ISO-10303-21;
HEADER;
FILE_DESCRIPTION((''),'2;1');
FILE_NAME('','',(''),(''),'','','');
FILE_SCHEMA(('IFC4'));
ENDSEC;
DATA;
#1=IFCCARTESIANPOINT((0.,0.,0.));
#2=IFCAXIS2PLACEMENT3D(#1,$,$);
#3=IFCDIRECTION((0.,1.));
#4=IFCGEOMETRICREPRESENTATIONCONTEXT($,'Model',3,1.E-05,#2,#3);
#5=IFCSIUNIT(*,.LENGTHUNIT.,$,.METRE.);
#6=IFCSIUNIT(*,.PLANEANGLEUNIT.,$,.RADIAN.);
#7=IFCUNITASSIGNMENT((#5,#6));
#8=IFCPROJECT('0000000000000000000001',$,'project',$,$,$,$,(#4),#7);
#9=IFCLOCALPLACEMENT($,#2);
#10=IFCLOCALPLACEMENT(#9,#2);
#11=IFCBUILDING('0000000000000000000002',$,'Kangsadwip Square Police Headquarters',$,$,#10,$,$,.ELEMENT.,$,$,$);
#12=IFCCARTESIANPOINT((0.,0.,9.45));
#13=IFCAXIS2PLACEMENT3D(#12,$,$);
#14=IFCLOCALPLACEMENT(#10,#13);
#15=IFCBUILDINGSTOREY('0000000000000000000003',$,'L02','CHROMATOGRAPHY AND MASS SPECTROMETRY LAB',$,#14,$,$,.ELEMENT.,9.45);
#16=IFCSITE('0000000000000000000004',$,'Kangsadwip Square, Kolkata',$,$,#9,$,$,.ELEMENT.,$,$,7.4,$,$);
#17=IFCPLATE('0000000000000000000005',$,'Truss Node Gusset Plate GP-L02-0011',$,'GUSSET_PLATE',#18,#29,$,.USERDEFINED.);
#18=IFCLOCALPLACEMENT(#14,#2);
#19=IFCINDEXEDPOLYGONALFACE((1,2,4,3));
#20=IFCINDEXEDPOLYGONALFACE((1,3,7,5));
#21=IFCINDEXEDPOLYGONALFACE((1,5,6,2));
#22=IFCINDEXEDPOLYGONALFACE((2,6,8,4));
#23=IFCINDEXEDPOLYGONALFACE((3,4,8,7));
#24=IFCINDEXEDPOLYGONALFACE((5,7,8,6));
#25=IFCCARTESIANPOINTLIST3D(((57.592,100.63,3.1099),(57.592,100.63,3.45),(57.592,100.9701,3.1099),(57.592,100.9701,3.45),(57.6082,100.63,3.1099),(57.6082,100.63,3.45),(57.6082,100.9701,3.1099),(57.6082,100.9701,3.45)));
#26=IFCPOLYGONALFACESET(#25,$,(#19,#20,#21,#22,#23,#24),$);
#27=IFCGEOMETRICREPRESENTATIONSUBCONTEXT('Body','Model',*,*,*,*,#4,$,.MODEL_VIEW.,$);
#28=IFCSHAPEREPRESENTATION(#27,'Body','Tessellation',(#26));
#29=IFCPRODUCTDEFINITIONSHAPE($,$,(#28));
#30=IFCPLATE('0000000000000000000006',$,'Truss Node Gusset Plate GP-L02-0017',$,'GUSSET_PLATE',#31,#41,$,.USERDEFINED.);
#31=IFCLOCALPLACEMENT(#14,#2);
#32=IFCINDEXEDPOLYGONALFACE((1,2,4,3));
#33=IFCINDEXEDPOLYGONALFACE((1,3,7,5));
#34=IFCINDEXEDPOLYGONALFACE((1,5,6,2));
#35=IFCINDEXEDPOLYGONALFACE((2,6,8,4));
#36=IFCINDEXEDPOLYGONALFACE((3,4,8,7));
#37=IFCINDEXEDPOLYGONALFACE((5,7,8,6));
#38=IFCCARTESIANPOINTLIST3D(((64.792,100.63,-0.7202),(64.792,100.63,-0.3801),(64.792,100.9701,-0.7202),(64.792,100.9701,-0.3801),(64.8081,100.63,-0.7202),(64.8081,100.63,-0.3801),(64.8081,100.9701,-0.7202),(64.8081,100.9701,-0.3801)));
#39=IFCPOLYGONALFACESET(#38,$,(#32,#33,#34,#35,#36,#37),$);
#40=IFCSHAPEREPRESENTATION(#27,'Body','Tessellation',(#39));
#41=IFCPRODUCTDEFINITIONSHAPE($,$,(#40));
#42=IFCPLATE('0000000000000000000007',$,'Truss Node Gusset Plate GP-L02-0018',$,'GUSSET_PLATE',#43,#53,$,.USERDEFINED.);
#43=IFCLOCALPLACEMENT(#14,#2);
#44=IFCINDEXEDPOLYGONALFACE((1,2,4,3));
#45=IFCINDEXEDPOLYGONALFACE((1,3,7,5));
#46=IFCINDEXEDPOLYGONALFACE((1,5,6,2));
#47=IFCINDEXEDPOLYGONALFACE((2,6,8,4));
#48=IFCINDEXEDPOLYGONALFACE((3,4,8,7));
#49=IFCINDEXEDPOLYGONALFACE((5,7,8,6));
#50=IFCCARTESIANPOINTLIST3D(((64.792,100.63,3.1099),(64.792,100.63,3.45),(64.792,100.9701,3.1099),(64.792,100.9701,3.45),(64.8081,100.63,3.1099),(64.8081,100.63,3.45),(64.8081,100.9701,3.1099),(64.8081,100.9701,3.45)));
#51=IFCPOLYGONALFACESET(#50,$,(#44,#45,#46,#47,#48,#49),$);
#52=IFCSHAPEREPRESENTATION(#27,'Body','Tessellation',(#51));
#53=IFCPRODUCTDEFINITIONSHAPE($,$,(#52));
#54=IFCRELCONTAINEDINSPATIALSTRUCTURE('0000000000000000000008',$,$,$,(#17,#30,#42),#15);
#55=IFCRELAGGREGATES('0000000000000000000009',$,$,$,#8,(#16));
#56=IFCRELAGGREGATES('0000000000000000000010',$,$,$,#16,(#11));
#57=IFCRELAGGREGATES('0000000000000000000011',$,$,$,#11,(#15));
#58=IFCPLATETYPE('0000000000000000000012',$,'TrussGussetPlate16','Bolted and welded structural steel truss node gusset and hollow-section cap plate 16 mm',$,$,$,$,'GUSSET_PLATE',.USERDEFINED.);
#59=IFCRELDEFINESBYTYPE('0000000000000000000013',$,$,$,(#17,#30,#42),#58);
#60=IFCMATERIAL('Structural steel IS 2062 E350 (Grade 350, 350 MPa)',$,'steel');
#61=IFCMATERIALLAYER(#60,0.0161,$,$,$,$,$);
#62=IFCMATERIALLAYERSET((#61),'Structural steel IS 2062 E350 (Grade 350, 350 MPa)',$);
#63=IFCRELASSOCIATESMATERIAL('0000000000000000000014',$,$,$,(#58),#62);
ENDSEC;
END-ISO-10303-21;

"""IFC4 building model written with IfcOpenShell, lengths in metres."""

from ifc_helpers import new_model, si_unit, direction, frame, origin, origin_2d, place, context, subcontext, project, spatial, rectangle, extrude, material, layer, layer_set, type_object, element, save


model = new_model("IFC4")

# Units and contexts
model_context = context("Model", 3, precision=1e-05, world=origin(), true_north=direction((0.0, 1.0)))
body_context = subcontext(model_context, "Body", "Model", "MODEL_VIEW")
ifc_project = project(units=[si_unit("LENGTHUNIT", "METRE"), si_unit("PLANEANGLEUNIT", "RADIAN")], contexts=[model_context])

# Site, building, storey
site_placement = place(None, origin())
site = spatial("IfcSite", under=ifc_project, at=site_placement, Name="Kangsadwip Square, Kolkata", CompositionType="ELEMENT", RefElevation=7.4)
building_placement = place(site_placement, origin())
building = spatial("IfcBuilding", under=site, at=building_placement, Name="Kangsadwip Square Police Headquarters", CompositionType="ELEMENT")
storey_placement = place(building_placement, frame((0.0, 0.0, 9.45)))
storey = spatial("IfcBuildingStorey", under=building, at=storey_placement, Name="L02", Description="CHROMATOGRAPHY AND MASS SPECTROMETRY LAB", CompositionType="ELEMENT", Elevation=9.45)

# Plates
ifc_material_1 = material(Name="Structural steel IS 2062 E350 (Grade 350, 350 MPa)", Category="steel")
ifc_layer = layer(ifc_material_1, 0.0161)
ifc_layer_set = layer_set([ifc_layer], Name="Structural steel IS 2062 E350 (Grade 350, 350 MPa)")
plate_type = type_object("IfcPlateType", Name="TrussGussetPlate16", Description="Bolted and welded structural steel truss node gusset and hollow-section cap plate 16 mm", ElementType="GUSSET_PLATE", PredefinedType="USERDEFINED", material=ifc_layer_set)
for number, where, z_axis, x_axis, name in (
    (1, (57.6001, 100.8, 3.1099), (0.0, 0.0, 1.0), (0.0, 1.0, 0.0), "Truss Node Gusset Plate GP-L02-0011"),
    (2, (64.8, 100.8, -0.7202), (0.0, 0.0, 1.0), (0.0, 1.0, 0.0), "Truss Node Gusset Plate GP-L02-0017"),
    (3, (64.8, 100.8, 3.1099), (0.0, 0.0, 1.0), (0.0, 1.0, 0.0), "Truss Node Gusset Plate GP-L02-0018"),
):
    element("IfcPlate", number, at=place(storey_placement, frame(where, z_axis=z_axis, x_axis=x_axis)), inside=storey, type_object=plate_type, Name=name, ObjectType="GUSSET_PLATE", PredefinedType="USERDEFINED", context=body_context, shape_type="SweptSolid", body=[
        extrude(rectangle(XDim=0.3401, YDim=0.0161, at=origin_2d()), origin(), (0.0, 0.0, 1.0), 0.3401),
    ])

save(model, "model.ifc")
